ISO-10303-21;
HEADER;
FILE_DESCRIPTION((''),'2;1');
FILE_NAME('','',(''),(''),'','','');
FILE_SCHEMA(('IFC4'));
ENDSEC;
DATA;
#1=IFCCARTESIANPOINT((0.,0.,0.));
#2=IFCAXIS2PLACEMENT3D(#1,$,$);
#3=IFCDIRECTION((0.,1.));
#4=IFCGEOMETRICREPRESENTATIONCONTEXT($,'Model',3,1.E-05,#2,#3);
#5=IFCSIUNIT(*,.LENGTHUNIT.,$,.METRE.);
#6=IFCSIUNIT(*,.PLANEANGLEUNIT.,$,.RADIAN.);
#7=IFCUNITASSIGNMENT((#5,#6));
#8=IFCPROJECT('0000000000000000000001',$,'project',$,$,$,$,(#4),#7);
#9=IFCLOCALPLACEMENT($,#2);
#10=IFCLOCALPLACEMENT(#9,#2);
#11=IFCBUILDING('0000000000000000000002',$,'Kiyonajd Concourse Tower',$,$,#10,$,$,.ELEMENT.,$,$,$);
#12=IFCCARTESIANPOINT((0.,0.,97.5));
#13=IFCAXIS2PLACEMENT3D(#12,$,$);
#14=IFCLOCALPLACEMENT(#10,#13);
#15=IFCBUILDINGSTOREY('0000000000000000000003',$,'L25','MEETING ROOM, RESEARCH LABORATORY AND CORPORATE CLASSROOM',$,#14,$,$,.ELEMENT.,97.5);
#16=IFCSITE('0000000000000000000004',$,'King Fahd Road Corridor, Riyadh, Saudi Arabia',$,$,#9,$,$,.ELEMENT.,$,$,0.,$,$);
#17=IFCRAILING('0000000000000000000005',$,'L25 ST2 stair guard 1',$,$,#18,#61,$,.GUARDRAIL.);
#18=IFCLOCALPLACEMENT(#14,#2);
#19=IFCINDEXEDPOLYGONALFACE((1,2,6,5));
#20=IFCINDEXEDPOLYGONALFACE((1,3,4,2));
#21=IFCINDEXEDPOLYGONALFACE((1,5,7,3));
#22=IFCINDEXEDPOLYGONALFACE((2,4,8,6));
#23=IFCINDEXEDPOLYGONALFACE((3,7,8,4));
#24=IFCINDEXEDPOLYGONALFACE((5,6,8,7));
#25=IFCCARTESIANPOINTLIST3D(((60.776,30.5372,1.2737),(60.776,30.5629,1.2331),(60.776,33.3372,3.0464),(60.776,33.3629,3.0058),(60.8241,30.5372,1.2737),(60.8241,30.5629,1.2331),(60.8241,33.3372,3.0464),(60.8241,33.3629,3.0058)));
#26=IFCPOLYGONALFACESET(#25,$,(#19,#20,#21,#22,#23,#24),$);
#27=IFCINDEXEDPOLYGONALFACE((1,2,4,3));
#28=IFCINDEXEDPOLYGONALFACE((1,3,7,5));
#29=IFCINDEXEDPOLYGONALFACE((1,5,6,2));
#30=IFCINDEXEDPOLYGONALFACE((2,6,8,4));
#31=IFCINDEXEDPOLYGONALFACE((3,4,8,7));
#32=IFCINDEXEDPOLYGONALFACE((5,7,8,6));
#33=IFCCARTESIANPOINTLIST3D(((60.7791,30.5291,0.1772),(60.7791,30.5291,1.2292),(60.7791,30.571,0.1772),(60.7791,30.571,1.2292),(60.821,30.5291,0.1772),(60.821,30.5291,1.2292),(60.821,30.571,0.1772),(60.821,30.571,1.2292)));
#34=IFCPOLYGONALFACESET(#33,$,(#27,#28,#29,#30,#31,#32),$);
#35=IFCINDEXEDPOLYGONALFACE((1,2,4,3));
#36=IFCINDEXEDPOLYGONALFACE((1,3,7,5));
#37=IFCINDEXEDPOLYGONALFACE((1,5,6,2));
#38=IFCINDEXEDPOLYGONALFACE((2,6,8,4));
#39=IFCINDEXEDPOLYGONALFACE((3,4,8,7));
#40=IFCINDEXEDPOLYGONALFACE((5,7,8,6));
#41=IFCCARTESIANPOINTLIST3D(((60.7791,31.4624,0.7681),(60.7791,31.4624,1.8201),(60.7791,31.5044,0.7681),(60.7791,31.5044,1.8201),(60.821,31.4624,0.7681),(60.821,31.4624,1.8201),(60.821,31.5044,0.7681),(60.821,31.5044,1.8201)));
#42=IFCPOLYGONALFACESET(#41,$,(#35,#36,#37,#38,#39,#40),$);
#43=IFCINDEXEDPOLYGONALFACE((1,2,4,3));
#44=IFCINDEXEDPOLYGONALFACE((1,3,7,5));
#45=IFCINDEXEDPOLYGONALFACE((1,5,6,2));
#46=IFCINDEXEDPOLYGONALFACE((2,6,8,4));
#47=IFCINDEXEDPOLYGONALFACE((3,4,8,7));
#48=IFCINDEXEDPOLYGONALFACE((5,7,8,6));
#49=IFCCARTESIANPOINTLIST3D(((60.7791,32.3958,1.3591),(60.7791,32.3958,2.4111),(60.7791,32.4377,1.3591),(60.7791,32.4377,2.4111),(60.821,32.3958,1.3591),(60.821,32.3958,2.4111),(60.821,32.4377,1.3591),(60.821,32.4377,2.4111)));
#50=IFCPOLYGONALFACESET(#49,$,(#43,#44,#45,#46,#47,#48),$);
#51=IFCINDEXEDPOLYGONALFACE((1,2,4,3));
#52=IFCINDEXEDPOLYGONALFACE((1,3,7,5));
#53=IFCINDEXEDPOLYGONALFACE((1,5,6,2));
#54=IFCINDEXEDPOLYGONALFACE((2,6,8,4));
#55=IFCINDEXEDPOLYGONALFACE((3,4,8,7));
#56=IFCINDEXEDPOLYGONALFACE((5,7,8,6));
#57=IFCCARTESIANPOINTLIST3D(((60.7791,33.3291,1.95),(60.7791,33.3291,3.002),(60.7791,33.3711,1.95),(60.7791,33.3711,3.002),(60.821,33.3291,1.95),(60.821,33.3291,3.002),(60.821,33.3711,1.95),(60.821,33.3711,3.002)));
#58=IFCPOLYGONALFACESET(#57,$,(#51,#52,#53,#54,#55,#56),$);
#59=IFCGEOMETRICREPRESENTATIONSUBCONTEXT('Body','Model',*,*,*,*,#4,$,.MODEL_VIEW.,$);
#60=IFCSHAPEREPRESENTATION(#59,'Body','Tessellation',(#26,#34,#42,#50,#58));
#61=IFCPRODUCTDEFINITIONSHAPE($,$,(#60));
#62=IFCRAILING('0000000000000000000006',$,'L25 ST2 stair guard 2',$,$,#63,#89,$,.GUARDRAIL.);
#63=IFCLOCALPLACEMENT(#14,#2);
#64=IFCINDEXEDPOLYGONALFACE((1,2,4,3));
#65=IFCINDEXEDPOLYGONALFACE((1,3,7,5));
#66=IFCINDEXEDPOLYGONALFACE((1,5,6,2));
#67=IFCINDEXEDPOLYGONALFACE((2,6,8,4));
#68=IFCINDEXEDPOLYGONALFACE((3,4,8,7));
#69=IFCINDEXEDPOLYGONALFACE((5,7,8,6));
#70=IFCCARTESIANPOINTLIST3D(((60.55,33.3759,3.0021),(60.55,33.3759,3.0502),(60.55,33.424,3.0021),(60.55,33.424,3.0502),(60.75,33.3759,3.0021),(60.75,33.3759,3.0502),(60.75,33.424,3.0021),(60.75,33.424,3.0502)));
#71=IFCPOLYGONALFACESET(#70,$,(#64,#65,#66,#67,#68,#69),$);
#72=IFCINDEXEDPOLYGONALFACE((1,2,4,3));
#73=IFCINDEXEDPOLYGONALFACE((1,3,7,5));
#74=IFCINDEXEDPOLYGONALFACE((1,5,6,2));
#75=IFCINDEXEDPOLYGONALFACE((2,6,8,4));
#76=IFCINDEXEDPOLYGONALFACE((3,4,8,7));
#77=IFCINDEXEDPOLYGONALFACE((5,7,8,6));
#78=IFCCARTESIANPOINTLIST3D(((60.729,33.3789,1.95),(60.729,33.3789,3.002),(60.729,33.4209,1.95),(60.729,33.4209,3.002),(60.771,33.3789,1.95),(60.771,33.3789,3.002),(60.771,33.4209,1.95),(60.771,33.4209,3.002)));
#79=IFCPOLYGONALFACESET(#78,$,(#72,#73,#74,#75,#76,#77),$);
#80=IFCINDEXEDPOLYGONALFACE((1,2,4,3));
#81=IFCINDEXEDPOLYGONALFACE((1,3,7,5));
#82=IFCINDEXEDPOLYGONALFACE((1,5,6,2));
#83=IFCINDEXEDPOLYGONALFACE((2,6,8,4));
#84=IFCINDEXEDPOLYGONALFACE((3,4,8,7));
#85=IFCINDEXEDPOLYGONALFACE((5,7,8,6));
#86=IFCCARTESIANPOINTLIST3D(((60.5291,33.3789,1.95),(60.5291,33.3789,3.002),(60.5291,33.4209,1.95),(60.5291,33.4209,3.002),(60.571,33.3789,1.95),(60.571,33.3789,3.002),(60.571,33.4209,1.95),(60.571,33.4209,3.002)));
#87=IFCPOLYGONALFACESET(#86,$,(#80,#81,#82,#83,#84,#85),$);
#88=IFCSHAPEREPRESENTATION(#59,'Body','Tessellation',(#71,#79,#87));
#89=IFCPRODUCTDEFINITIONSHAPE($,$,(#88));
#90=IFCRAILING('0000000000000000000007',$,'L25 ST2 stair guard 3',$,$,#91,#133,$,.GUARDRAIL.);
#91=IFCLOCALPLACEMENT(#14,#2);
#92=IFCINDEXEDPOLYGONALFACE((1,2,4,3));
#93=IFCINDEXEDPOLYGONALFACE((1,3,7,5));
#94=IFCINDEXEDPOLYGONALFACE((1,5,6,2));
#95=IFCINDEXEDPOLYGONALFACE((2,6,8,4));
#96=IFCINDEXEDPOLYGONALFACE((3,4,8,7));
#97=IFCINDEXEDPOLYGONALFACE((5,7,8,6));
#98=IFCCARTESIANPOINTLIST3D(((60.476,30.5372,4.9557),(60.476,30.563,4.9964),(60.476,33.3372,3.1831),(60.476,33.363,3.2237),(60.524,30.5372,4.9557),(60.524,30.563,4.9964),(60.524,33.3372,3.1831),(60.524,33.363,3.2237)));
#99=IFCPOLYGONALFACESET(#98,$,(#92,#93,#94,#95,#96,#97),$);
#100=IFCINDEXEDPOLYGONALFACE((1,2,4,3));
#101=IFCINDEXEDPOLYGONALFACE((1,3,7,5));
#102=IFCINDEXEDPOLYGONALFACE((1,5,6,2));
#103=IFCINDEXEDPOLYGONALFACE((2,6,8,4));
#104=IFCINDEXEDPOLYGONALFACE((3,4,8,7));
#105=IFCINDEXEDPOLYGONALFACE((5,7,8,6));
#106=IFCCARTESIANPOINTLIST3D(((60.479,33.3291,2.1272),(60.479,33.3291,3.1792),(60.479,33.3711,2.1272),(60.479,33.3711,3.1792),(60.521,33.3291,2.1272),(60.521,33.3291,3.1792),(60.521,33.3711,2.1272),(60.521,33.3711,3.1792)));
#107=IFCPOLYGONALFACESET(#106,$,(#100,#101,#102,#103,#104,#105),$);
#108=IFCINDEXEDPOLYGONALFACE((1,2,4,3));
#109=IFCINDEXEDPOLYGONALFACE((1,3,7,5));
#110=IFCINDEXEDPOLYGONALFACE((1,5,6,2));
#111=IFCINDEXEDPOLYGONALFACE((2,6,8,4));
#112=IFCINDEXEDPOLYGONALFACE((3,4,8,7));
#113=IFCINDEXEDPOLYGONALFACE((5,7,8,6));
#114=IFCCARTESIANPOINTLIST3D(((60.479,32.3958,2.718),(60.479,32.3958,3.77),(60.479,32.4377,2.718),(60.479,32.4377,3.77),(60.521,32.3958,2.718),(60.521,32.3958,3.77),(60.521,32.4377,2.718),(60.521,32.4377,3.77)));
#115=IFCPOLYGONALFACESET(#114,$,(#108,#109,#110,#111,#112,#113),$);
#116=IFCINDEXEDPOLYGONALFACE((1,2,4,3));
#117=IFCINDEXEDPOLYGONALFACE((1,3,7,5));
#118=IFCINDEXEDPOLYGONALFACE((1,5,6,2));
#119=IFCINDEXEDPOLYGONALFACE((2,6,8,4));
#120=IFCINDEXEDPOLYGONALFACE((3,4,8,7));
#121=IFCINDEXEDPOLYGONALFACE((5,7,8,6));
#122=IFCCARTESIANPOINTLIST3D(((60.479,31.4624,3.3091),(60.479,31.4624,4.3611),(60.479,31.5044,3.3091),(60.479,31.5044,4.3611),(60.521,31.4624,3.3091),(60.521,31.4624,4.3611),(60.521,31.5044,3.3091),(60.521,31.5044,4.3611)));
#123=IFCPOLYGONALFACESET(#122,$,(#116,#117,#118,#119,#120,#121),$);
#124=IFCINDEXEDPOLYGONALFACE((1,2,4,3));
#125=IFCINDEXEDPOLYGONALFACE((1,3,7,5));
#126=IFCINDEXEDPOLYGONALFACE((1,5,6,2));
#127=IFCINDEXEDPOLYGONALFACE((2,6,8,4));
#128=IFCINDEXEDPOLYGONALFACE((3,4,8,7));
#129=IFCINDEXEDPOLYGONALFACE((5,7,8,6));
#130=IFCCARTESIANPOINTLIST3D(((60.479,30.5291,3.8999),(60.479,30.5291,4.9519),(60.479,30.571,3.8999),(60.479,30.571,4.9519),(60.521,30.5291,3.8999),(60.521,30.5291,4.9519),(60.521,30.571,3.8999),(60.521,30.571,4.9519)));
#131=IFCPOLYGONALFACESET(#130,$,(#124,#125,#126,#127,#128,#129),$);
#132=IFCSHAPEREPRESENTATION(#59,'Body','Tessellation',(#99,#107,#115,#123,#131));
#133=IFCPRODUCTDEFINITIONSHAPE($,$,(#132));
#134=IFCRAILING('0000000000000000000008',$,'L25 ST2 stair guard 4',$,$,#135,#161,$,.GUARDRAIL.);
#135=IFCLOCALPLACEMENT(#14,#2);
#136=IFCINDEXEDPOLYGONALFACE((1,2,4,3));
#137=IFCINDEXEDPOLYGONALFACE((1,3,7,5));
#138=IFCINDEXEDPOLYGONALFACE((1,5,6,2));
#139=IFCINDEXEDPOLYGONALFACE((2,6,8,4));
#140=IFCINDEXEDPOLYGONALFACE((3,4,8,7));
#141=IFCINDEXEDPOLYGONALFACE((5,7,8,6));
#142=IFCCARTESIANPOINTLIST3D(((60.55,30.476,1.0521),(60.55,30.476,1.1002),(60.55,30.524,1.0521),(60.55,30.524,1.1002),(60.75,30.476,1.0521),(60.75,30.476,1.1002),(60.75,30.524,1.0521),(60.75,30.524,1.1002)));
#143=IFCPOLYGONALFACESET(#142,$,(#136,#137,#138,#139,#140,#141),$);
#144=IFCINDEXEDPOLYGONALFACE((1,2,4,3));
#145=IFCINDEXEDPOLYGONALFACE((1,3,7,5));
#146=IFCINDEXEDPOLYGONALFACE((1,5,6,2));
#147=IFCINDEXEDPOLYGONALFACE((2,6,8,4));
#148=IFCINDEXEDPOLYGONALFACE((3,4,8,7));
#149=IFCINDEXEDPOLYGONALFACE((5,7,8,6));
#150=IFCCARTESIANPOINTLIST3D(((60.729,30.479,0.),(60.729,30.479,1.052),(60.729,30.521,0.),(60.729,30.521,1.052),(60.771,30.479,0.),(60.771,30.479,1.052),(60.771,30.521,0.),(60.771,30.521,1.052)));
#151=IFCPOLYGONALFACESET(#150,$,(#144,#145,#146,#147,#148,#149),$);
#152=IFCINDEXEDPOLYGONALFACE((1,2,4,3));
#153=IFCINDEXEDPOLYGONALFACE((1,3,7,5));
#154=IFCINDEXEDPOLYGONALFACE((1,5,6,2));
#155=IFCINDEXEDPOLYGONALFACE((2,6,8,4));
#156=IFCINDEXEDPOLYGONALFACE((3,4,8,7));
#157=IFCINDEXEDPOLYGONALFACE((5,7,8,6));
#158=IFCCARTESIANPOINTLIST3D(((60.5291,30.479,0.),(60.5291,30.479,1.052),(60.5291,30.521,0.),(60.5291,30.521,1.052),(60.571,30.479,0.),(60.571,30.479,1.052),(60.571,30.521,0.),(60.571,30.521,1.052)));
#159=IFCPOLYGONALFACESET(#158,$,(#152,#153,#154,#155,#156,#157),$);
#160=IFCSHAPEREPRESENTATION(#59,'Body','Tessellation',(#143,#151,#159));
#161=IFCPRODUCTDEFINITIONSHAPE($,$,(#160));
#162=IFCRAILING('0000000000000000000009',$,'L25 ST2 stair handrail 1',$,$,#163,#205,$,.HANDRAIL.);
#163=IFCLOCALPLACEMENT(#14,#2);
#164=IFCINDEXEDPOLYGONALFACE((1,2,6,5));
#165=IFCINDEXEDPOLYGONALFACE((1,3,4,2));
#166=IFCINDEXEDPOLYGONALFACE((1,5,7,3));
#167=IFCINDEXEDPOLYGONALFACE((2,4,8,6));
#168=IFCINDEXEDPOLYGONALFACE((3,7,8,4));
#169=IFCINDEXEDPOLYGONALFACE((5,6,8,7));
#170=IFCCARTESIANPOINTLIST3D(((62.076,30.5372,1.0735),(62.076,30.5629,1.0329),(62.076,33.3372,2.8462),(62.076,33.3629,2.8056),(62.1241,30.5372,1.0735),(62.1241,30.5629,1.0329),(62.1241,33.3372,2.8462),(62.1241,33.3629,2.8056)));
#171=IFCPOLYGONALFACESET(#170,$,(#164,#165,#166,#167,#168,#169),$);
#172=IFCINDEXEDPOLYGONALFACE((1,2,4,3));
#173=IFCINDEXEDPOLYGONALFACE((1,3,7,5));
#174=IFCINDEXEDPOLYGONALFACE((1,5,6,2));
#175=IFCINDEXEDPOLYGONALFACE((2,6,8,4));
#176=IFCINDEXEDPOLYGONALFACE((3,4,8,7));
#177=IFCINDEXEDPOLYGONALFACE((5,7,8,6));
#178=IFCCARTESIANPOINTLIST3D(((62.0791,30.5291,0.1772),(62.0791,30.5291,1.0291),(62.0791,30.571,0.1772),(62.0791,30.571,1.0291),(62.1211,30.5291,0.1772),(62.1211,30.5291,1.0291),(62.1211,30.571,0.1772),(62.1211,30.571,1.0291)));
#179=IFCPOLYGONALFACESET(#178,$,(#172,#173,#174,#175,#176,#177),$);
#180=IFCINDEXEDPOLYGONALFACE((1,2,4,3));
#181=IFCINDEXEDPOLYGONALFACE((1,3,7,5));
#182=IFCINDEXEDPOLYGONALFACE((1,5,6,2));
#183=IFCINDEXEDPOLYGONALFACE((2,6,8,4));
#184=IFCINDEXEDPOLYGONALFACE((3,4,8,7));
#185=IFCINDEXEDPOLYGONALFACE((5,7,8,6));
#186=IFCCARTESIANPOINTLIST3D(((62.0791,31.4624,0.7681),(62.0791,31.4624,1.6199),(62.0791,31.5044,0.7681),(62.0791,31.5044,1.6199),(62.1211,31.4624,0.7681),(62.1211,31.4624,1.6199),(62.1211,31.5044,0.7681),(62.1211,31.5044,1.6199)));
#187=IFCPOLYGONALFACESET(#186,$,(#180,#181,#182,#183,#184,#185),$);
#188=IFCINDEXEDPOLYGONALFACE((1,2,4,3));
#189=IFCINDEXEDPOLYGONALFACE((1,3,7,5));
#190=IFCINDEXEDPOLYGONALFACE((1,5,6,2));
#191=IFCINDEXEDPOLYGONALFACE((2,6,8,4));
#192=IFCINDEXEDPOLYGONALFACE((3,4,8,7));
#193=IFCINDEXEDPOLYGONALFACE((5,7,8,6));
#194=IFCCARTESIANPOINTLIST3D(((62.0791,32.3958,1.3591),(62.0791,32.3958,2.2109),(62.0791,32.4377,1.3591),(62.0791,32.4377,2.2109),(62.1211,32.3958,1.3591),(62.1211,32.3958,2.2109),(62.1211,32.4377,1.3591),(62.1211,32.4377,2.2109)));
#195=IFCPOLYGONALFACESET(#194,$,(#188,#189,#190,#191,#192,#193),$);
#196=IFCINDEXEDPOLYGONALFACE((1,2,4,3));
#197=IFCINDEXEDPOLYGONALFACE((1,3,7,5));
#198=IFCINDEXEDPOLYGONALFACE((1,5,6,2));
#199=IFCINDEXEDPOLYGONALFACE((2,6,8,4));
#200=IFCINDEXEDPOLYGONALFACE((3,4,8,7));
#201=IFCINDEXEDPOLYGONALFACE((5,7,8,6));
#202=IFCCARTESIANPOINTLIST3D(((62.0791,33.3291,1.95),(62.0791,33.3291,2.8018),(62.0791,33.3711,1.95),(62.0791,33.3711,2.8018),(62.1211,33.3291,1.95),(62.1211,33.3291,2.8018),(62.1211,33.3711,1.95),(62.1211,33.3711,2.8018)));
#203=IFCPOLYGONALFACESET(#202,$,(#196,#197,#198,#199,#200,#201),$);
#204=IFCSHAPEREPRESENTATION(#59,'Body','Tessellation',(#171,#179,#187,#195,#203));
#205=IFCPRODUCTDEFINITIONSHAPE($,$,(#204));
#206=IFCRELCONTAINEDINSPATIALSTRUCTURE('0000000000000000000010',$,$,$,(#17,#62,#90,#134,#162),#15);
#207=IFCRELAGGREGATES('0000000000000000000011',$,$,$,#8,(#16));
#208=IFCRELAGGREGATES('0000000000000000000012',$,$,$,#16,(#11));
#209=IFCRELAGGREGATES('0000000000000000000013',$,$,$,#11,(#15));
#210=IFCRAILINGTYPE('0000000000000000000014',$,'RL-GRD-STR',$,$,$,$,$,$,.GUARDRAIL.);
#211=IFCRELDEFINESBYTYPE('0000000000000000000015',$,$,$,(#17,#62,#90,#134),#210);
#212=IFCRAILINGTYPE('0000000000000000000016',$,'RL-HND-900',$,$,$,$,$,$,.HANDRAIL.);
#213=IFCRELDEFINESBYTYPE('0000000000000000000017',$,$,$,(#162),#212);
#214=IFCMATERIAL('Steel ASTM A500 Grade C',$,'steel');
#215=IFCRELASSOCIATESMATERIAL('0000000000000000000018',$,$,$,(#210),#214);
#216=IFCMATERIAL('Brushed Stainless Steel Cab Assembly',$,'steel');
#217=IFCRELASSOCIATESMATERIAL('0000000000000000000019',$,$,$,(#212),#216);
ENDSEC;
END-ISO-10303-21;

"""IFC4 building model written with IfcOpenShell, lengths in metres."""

from ifc_helpers import new_model, si_unit, direction, frame, origin, origin_2d, place, context, subcontext, project, spatial, rectangle, extrude, material, type_object, element, save


model = new_model("IFC4")

# Units and contexts
model_context = context("Model", 3, precision=1e-05, world=origin(), true_north=direction((0.0, 1.0)))
body_context = subcontext(model_context, "Body", "Model", "MODEL_VIEW")
ifc_project = project(units=[si_unit("LENGTHUNIT", "METRE"), si_unit("PLANEANGLEUNIT", "RADIAN")], contexts=[model_context])

# Site, building, storey
site_placement = place(None, origin())
site = spatial("IfcSite", under=ifc_project, at=site_placement, Name="King Fahd Road Corridor, Riyadh, Saudi Arabia", CompositionType="ELEMENT", RefElevation=0.0)
building_placement = place(site_placement, origin())
building = spatial("IfcBuilding", under=site, at=building_placement, Name="Kiyonajd Concourse Tower", CompositionType="ELEMENT")
storey_placement = place(building_placement, frame((0.0, 0.0, 97.5)))
storey = spatial("IfcBuildingStorey", under=building, at=storey_placement, Name="L25", Description="MEETING ROOM, RESEARCH LABORATORY AND CORPORATE CLASSROOM", CompositionType="ELEMENT", Elevation=97.5)

# Railings
ifc_material_1 = material(Name="Steel ASTM A500 Grade C", Category="steel")
railing_type_1 = type_object("IfcRailingType", Name="RL-GRD-STR", PredefinedType="GUARDRAIL", material=ifc_material_1)
railing_1_placement = place(storey_placement, frame((60.8, 30.55, 0.1772)))
element("IfcRailing", 1, at=railing_1_placement, inside=storey, type_object=railing_type_1, Name="L25 ST2 stair guard 1", PredefinedType="GUARDRAIL", context=body_context, shape_type="SweptSolid", body=[
    extrude(rectangle(XDim=0.0481, YDim=0.0481, at=origin_2d()), frame((0.0, 0.0, 1.0762), z_axis=(0.0, 0.844909, 0.53491), x_axis=(-1.0, 0.0, 0.0)), (0.0, 0.0, 1.0), 3.314),
    extrude(rectangle(XDim=0.042, YDim=0.042, at=origin_2d()), origin(), (0.0, 0.0, 1.0), 1.052),
    extrude(rectangle(XDim=0.042, YDim=0.042, at=origin_2d()), frame((0.0, 0.9333, 0.5908)), (0.0, 0.0, 1.0), 1.052),
    extrude(rectangle(XDim=0.042, YDim=0.042, at=origin_2d()), frame((0.0, 1.8667, 1.1819)), (0.0, 0.0, 1.0), 1.052),
    extrude(rectangle(XDim=0.042, YDim=0.042, at=origin_2d()), frame((0.0, 2.8, 1.7727)), (0.0, 0.0, 1.0), 1.052),
])
railing_2_placement = place(storey_placement, frame((60.75, 33.3999, 1.95)))
element("IfcRailing", 2, at=railing_2_placement, inside=storey, type_object=railing_type_1, Name="L25 ST2 stair guard 2", PredefinedType="GUARDRAIL", context=body_context, shape_type="SweptSolid", body=[
    extrude(rectangle(XDim=0.0481, YDim=0.0481, at=origin_2d()), frame((0.0, 0.0, 1.0762), z_axis=(-1.0, 0.0, 0.0), x_axis=(0.0, -1.0, 0.0)), (0.0, 0.0, 1.0), 0.2),
    extrude(rectangle(XDim=0.042, YDim=0.042, at=origin_2d()), origin(), (0.0, 0.0, 1.0), 1.052),
    extrude(rectangle(XDim=0.042, YDim=0.042, at=origin_2d()), frame((-0.2, 0.0, 0.0)), (0.0, 0.0, 1.0), 1.052),
])
railing_3_placement = place(storey_placement, frame((60.5, 33.3501, 2.1272)))
element("IfcRailing", 3, at=railing_3_placement, inside=storey, type_object=railing_type_1, Name="L25 ST2 stair guard 3", PredefinedType="GUARDRAIL", context=body_context, shape_type="SweptSolid", body=[
    extrude(rectangle(XDim=0.0481, YDim=0.0481, at=origin_2d()), frame((0.0, 0.0, 1.0762), z_axis=(0.0, -0.844909, 0.53491), x_axis=(1.0, 0.0, 0.0)), (0.0, 0.0, 1.0), 3.314),
    extrude(rectangle(XDim=0.042, YDim=0.042, at=origin_2d()), origin(), (0.0, 0.0, 1.0), 1.052),
    extrude(rectangle(XDim=0.042, YDim=0.042, at=origin_2d()), frame((0.0, -0.9333, 0.5908)), (0.0, 0.0, 1.0), 1.052),
    extrude(rectangle(XDim=0.042, YDim=0.042, at=origin_2d()), frame((0.0, -1.8667, 1.1819)), (0.0, 0.0, 1.0), 1.052),
    extrude(rectangle(XDim=0.042, YDim=0.042, at=origin_2d()), frame((0.0, -2.8, 1.7727)), (0.0, 0.0, 1.0), 1.052),
])
railing_4_placement = place(storey_placement, frame((60.75, 30.5, 0.0)))
element("IfcRailing", 4, at=railing_4_placement, inside=storey, type_object=railing_type_1, Name="L25 ST2 stair guard 4", PredefinedType="GUARDRAIL", context=body_context, shape_type="SweptSolid", body=[
    extrude(rectangle(XDim=0.0481, YDim=0.0481, at=origin_2d()), frame((0.0, 0.0, 1.0762), z_axis=(-1.0, 0.0, 0.0), x_axis=(0.0, -1.0, 0.0)), (0.0, 0.0, 1.0), 0.2),
    extrude(rectangle(XDim=0.042, YDim=0.042, at=origin_2d()), origin(), (0.0, 0.0, 1.0), 1.052),
    extrude(rectangle(XDim=0.042, YDim=0.042, at=origin_2d()), frame((-0.2, 0.0, 0.0)), (0.0, 0.0, 1.0), 1.052),
])
ifc_material_2 = material(Name="Brushed Stainless Steel Cab Assembly", Category="steel")
railing_type_2 = type_object("IfcRailingType", Name="RL-HND-900", PredefinedType="HANDRAIL", material=ifc_material_2)
railing_5_placement = place(storey_placement, frame((62.1001, 30.55, 0.1772)))
element("IfcRailing", 5, at=railing_5_placement, inside=storey, type_object=railing_type_2, Name="L25 ST2 stair handrail 1", PredefinedType="HANDRAIL", context=body_context, shape_type="SweptSolid", body=[
    extrude(rectangle(XDim=0.0481, YDim=0.0481, at=origin_2d()), frame((0.0, 0.0, 0.876), z_axis=(0.0, 0.844909, 0.53491), x_axis=(-1.0, 0.0, 0.0)), (0.0, 0.0, 1.0), 3.314),
    extrude(rectangle(XDim=0.042, YDim=0.042, at=origin_2d()), origin(), (0.0, 0.0, 1.0), 0.8518),
    extrude(rectangle(XDim=0.042, YDim=0.042, at=origin_2d()), frame((0.0, 0.9333, 0.5908)), (0.0, 0.0, 1.0), 0.8518),
    extrude(rectangle(XDim=0.042, YDim=0.042, at=origin_2d()), frame((0.0, 1.8667, 1.1819)), (0.0, 0.0, 1.0), 0.8518),
    extrude(rectangle(XDim=0.042, YDim=0.042, at=origin_2d()), frame((0.0, 2.8, 1.7727)), (0.0, 0.0, 1.0), 0.8518),
])

save(model, "model.ifc")
